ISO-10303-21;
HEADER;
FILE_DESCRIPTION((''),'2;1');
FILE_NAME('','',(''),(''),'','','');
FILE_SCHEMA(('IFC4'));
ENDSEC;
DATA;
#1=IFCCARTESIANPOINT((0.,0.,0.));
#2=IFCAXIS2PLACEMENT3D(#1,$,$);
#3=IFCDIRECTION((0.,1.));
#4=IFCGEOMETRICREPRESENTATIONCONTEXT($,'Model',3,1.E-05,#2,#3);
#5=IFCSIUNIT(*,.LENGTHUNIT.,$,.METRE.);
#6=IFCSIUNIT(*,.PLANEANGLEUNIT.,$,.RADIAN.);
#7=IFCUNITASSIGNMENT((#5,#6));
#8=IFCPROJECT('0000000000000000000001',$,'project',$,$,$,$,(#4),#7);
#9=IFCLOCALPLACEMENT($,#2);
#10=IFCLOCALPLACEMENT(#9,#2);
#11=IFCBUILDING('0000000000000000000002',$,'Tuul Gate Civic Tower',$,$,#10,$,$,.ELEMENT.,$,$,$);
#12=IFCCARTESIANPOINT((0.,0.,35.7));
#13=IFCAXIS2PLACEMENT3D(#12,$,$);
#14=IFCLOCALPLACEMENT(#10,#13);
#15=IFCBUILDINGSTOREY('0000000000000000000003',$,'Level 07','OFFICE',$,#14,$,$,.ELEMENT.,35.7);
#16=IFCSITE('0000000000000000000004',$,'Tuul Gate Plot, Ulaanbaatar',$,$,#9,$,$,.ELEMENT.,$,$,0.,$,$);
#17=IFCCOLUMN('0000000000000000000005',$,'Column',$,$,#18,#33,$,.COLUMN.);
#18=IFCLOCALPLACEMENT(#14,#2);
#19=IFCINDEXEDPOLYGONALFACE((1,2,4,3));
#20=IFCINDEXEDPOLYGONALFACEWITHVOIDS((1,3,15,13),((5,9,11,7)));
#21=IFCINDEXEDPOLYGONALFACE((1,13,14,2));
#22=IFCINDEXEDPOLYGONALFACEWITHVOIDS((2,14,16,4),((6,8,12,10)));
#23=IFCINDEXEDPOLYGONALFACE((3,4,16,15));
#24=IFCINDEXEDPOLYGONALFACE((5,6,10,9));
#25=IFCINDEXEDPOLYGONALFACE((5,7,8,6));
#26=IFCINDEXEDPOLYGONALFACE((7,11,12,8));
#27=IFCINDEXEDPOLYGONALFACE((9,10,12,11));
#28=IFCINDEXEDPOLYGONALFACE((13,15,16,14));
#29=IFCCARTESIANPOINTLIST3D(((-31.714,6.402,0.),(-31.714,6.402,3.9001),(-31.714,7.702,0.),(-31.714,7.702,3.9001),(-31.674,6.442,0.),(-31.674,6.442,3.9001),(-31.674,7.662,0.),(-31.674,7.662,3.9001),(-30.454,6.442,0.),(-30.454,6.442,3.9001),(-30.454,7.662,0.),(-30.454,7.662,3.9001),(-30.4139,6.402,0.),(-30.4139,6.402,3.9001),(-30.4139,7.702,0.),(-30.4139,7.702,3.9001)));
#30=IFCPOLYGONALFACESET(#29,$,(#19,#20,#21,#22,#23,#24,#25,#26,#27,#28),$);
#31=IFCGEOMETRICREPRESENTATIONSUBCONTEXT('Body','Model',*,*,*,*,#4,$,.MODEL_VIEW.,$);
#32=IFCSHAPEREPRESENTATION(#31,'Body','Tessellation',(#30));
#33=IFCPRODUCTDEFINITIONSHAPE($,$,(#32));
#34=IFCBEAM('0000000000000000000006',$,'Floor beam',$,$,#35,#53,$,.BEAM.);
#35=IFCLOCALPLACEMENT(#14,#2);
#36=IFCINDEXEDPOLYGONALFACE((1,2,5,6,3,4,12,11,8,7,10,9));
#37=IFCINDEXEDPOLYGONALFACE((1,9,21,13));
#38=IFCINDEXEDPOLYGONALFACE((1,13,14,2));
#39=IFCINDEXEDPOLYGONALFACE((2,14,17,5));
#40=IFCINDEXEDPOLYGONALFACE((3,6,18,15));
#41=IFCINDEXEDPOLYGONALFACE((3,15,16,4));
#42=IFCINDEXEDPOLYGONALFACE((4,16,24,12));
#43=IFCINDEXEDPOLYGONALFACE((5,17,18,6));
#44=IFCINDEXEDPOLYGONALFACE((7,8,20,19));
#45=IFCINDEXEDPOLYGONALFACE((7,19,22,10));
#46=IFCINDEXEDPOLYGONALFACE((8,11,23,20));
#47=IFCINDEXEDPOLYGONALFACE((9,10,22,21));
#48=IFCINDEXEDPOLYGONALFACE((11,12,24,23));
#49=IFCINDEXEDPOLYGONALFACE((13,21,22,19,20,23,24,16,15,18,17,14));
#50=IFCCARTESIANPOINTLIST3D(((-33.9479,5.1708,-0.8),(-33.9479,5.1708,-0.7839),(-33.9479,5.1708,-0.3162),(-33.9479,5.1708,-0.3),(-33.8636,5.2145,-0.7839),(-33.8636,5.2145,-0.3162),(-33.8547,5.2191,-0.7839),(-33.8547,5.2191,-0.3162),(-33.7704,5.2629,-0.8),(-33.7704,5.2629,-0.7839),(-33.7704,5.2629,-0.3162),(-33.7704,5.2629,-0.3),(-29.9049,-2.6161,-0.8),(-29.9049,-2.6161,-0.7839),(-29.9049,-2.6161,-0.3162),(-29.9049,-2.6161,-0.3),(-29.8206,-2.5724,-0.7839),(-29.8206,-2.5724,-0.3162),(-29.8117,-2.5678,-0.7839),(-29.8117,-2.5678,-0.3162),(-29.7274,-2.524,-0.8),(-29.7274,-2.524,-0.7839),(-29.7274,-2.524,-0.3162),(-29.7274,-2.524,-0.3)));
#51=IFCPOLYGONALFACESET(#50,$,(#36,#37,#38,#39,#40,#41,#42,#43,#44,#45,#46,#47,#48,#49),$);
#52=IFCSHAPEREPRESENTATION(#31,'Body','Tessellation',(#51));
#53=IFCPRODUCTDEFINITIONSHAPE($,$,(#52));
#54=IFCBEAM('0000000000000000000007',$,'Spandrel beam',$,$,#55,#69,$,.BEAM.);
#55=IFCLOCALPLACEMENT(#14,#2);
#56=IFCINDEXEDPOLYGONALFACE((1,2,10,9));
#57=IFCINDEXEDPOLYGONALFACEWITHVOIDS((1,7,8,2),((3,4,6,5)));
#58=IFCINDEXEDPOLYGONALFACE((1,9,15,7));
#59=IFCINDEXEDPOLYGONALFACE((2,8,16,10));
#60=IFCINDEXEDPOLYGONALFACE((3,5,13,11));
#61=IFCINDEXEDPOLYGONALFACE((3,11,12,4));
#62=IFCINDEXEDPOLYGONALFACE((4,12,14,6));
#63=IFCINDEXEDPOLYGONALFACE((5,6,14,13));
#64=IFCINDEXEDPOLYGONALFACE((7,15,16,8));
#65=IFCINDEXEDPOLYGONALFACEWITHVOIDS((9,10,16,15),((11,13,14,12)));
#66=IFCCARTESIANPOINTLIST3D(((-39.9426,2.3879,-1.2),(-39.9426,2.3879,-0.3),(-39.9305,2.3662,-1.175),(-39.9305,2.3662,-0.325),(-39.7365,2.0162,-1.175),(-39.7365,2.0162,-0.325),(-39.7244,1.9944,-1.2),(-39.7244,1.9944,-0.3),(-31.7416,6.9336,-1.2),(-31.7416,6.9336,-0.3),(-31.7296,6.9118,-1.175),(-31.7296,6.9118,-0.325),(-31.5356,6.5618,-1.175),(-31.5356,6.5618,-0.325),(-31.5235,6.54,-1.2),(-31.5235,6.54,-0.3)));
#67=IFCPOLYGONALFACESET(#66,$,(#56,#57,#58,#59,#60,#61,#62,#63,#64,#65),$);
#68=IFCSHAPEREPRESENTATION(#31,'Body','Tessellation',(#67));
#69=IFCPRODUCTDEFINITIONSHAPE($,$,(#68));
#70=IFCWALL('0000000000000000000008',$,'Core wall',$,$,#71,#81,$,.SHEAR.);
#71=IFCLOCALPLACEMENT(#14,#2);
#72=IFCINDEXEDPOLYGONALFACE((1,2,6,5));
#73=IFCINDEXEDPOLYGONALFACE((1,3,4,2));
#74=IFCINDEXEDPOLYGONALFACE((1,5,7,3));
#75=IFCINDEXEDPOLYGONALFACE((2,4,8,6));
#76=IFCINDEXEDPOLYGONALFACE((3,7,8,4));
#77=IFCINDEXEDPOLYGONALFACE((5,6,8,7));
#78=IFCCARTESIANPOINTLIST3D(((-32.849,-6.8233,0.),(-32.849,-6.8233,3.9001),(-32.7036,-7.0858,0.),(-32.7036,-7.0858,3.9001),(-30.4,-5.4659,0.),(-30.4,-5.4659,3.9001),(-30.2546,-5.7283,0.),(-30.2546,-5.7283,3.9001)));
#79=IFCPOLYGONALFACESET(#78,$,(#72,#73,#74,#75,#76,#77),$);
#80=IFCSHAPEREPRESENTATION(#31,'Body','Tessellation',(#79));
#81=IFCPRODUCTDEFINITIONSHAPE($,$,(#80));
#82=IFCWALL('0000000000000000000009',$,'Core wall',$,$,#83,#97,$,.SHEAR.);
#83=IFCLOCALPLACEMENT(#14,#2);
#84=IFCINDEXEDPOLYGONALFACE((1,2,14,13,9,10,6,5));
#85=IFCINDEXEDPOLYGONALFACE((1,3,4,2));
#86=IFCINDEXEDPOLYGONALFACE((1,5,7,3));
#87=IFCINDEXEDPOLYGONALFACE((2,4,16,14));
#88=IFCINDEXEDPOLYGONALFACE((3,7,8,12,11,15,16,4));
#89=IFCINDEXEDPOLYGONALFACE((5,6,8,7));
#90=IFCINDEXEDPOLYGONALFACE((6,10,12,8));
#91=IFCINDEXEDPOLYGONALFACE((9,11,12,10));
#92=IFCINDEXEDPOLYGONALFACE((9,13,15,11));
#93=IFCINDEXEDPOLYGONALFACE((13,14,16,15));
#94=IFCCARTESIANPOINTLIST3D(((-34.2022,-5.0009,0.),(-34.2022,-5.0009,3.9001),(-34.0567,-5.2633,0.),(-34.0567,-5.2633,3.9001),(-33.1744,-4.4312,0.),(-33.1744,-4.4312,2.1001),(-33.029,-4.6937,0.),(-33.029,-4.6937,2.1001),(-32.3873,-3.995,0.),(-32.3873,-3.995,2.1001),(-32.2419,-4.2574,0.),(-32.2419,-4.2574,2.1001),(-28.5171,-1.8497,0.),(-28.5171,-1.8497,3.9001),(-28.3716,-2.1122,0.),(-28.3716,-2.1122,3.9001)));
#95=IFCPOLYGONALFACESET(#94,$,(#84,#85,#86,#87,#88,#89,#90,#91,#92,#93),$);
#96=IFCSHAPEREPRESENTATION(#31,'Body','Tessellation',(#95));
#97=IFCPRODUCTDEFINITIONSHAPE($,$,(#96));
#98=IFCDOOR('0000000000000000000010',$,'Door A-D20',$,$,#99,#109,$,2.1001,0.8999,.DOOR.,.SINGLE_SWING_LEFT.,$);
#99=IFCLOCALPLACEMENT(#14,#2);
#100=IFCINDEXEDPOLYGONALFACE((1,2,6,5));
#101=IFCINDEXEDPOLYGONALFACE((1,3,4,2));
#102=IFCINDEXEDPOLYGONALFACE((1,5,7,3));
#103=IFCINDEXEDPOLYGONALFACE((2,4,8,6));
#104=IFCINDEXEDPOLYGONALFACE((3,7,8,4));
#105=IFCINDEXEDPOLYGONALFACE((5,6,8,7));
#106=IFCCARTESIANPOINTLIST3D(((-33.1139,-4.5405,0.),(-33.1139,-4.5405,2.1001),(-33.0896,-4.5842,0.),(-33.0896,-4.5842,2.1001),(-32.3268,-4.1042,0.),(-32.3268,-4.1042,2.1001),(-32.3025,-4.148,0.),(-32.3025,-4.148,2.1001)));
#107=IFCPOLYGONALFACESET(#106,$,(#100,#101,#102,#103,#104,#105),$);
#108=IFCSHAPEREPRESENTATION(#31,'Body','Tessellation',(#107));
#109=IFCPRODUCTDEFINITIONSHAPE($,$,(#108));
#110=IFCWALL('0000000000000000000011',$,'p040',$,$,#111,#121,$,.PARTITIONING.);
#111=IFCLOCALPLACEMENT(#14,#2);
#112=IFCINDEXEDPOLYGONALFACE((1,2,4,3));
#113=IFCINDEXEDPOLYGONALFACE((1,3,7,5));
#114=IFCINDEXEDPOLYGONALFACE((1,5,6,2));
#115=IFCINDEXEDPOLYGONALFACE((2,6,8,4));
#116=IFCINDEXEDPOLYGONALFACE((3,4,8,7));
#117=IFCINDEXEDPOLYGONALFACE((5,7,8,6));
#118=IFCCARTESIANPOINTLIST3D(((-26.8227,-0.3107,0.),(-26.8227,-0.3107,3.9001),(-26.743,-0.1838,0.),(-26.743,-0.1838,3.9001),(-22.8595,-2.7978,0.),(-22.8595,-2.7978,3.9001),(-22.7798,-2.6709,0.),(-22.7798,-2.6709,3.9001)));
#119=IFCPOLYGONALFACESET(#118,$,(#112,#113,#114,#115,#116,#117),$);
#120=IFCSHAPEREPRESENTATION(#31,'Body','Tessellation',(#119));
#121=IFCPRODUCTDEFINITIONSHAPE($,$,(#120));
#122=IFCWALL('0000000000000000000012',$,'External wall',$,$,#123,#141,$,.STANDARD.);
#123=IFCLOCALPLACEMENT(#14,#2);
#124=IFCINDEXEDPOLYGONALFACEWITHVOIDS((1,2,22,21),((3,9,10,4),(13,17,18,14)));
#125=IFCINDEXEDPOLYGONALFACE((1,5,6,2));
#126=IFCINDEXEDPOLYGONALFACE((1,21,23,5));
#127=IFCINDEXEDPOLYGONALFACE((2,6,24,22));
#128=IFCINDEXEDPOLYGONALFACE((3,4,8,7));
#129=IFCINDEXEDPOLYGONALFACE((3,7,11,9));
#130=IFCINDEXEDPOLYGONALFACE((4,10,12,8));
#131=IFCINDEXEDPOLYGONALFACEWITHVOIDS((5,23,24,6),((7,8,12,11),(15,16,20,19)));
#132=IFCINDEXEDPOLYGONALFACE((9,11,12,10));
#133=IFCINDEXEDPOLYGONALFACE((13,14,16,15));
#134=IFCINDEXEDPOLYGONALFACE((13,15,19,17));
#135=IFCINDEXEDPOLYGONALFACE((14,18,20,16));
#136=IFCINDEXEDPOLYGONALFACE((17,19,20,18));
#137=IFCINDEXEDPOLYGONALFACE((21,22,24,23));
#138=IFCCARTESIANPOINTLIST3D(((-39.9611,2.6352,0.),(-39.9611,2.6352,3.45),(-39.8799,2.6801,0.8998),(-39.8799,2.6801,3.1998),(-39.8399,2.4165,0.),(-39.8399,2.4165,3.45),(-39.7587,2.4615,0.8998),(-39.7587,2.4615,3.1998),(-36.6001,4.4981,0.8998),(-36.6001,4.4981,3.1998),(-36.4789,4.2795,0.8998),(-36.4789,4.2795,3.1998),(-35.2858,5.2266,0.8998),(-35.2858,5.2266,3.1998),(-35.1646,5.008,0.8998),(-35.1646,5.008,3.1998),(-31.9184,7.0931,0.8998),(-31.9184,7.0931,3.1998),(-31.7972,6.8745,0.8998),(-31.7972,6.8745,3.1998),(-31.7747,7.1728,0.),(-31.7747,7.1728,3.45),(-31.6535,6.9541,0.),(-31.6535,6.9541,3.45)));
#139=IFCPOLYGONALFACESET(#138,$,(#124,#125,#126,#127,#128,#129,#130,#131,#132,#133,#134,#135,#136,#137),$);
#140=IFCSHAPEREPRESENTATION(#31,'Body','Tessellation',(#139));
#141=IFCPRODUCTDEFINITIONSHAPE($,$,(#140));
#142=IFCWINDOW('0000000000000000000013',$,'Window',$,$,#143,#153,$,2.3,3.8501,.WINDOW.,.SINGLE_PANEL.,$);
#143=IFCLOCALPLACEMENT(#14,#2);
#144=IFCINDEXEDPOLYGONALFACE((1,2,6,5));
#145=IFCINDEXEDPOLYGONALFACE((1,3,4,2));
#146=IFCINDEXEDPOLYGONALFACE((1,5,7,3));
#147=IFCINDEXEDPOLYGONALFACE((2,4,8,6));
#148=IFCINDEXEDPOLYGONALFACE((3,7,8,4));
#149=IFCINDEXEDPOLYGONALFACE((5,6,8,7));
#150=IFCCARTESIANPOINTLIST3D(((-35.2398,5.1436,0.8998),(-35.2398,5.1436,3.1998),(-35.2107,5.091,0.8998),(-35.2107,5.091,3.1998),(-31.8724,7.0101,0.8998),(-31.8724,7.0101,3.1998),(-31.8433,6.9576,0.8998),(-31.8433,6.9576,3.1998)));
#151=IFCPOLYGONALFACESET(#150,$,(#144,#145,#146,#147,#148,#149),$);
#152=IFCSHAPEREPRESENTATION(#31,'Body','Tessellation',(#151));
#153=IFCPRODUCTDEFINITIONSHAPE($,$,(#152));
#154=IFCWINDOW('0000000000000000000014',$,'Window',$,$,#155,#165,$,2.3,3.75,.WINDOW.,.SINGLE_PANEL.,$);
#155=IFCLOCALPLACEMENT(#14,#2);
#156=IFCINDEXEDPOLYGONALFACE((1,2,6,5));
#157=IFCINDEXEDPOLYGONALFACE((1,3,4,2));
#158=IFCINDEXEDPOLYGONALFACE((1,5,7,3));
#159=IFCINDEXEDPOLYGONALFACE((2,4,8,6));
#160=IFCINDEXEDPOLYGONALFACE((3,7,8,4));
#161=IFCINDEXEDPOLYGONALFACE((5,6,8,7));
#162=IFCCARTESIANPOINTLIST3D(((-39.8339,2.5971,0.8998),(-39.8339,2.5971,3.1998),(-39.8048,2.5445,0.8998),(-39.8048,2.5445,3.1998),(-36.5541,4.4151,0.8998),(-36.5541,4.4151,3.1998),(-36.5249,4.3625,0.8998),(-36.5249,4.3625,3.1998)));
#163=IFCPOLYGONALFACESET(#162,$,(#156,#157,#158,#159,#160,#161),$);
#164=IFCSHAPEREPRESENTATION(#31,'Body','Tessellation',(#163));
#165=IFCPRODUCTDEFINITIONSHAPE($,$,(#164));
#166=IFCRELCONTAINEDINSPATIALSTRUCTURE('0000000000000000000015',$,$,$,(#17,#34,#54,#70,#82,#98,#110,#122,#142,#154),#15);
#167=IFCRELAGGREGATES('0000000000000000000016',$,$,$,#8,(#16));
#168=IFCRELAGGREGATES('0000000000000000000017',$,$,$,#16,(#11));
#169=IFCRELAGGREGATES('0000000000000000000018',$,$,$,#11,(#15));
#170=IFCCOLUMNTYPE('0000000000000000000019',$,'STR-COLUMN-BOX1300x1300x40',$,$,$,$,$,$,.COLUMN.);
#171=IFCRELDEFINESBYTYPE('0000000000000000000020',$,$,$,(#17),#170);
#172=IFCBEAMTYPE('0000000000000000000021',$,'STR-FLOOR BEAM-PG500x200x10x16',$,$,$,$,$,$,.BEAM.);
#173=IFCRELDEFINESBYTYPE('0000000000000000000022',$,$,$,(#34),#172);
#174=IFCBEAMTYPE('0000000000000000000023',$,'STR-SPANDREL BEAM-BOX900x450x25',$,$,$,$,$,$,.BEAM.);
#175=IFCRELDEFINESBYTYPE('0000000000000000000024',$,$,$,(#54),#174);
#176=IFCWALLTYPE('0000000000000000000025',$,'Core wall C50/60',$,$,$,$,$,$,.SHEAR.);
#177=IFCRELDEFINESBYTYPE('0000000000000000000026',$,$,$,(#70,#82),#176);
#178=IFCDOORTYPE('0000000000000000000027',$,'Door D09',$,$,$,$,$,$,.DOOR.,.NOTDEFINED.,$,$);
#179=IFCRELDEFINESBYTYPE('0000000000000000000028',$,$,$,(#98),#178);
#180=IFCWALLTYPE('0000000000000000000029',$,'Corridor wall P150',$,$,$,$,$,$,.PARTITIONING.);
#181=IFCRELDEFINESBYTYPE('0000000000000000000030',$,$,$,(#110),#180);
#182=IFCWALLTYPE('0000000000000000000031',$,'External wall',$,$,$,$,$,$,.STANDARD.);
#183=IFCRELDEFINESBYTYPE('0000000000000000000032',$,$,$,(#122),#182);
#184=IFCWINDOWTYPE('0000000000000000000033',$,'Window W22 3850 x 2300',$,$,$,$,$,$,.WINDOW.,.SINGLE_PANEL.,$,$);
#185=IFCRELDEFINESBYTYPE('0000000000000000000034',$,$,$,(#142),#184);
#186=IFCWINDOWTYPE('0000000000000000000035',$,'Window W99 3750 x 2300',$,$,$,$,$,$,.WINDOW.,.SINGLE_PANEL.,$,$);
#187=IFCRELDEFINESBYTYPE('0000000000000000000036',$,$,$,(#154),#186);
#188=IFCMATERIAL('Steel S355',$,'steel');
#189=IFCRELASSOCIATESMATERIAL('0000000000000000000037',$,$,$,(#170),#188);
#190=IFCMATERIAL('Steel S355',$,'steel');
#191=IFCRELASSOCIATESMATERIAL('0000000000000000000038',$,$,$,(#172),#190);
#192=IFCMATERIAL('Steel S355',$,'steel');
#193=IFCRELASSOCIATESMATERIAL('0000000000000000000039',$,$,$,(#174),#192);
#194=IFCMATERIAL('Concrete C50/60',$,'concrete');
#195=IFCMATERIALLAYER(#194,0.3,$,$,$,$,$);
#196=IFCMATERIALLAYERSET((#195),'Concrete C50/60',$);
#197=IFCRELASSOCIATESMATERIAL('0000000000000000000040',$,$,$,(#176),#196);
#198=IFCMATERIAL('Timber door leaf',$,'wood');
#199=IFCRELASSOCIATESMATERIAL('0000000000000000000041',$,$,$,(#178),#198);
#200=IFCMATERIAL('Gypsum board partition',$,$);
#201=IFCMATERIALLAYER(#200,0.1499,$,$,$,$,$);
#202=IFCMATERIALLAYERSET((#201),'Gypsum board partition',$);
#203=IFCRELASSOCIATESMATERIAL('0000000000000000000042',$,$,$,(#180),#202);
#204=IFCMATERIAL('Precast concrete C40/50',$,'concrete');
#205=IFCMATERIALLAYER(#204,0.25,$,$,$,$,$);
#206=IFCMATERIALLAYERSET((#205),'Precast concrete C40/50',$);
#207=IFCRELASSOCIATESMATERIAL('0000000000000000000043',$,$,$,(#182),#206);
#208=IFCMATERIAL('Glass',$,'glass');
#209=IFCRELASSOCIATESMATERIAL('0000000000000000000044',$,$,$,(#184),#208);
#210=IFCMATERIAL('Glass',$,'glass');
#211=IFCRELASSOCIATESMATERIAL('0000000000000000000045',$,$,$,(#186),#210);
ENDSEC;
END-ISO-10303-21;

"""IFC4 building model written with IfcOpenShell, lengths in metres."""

from ifc_helpers import new_model, si_unit, direction, frame, frame_2d, origin, origin_2d, place, context, subcontext, project, spatial, rectangle, hollow_rectangle, i_section, extrude, material, layer, layer_set, material_profile, profile_set, type_object, element, fill, save


model = new_model("IFC4")

# Units and contexts
model_context = context("Model", 3, precision=1e-05, world=origin(), true_north=direction((0.0, 1.0)))
body_context = subcontext(model_context, "Body", "Model", "MODEL_VIEW")
ifc_project = project(units=[si_unit("LENGTHUNIT", "METRE"), si_unit("PLANEANGLEUNIT", "RADIAN")], contexts=[model_context])

# Site, building, storey
site_placement = place(None, origin())
site = spatial("IfcSite", under=ifc_project, at=site_placement, Name="Tuul Gate Plot, Ulaanbaatar", CompositionType="ELEMENT", RefElevation=0.0)
building_placement = place(site_placement, origin())
building = spatial("IfcBuilding", under=site, at=building_placement, Name="Tuul Gate Civic Tower", CompositionType="ELEMENT")
storey_placement = place(building_placement, frame((0.0, 0.0, 35.7)))
storey = spatial("IfcBuildingStorey", under=building, at=storey_placement, Name="Level 07", Description="OFFICE", CompositionType="ELEMENT", Elevation=35.7)

# Column
ifc_material_1 = material(Name="Steel S355", Category="steel")
ifc_material_profile_1 = material_profile(ifc_material_1, hollow_rectangle(XDim=1.3, YDim=1.3, WallThickness=0.04, at=origin_2d()), Name="BOX1300x1300x40")
ifc_profile_set_1 = profile_set([ifc_material_profile_1], Name="Steel S355")
column_type = type_object("IfcColumnType", Name="STR-COLUMN-BOX1300x1300x40", PredefinedType="COLUMN", material=ifc_profile_set_1)
column_placement = place(storey_placement, frame((-31.064, 7.052, 0.0), z_axis=(0.0, 0.0, 1.0), x_axis=(1.0, 0.0, 0.0)))
element("IfcColumn", 1, at=column_placement, inside=storey, type_object=column_type, Name="Column", PredefinedType="COLUMN", context=body_context, shape_type="SweptSolid", body=[
    extrude(hollow_rectangle(XDim=1.3, YDim=1.3, WallThickness=0.04, at=origin_2d()), origin(), (0.0, 0.0, 1.0), 3.9001),
])

# Beams
ifc_material_2 = material(Name="Steel S355", Category="steel")
ifc_material_profile_2 = material_profile(ifc_material_2, i_section(OverallWidth=0.2, OverallDepth=0.5, WebThickness=0.01, FlangeThickness=0.0161, at=origin_2d()), Name="PG500x200x10x16")
ifc_profile_set_2 = profile_set([ifc_material_profile_2], Name="Steel S355")
beam_type_1 = type_object("IfcBeamType", Name="STR-FLOOR BEAM-PG500x200x10x16", PredefinedType="BEAM", material=ifc_profile_set_2)
beam_1_placement = place(storey_placement, frame((-29.8162, -2.5701, -0.55), z_axis=(-0.460796, 0.887506, 0.0), x_axis=(-0.887506, -0.460796, 0.0)))
element("IfcBeam", 2, at=beam_1_placement, inside=storey, type_object=beam_type_1, Name="Floor beam", PredefinedType="BEAM", context=body_context, shape_type="SweptSolid", body=[
    extrude(i_section(OverallWidth=0.2, OverallDepth=0.5, WebThickness=0.01, FlangeThickness=0.0161, at=origin_2d()), origin(), (0.0, 0.0, 1.0), 8.7739),
])
ifc_material_3 = material(Name="Steel S355", Category="steel")
ifc_material_profile_3 = material_profile(ifc_material_3, hollow_rectangle(XDim=0.45, YDim=0.8999, WallThickness=0.0249, at=origin_2d()), Name="BOX900x450x25")
ifc_profile_set_3 = profile_set([ifc_material_profile_3], Name="Steel S355")
beam_type_2 = type_object("IfcBeamType", Name="STR-SPANDREL BEAM-BOX900x450x25", PredefinedType="BEAM", material=ifc_profile_set_3)
beam_2_placement = place(storey_placement, frame((-31.6326, 6.7368, -0.75), z_axis=(-0.874628, -0.484794, 0.0), x_axis=(0.484794, -0.874628, 0.0)))
element("IfcBeam", 3, at=beam_2_placement, inside=storey, type_object=beam_type_2, Name="Spandrel beam", PredefinedType="BEAM", context=body_context, shape_type="SweptSolid", body=[
    extrude(hollow_rectangle(XDim=0.45, YDim=0.8999, WallThickness=0.0249, at=origin_2d()), origin(), (0.0, 0.0, 1.0), 9.3765),
])

# Wall
ifc_material_4 = material(Name="Concrete C50/60", Category="concrete")
ifc_layer_1 = layer(ifc_material_4, 0.3)
ifc_layer_set_1 = layer_set([ifc_layer_1], Name="Concrete C50/60")
wall_type_1 = type_object("IfcWallType", Name="Core wall C50/60", PredefinedType="SHEAR", material=ifc_layer_set_1)
wall_1_placement = place(storey_placement, frame((-30.3274, -5.5972, 0.0), z_axis=(0.0, 0.0, 1.0), x_axis=(-0.87463, -0.484791, 0.0)))
element("IfcWall", 4, at=wall_1_placement, inside=storey, type_object=wall_type_1, Name="Core wall", PredefinedType="SHEAR", context=body_context, shape_type="SweptSolid", body=[
    extrude(rectangle(XDim=2.8, YDim=0.3, at=frame_2d((1.3999, 0.0))), origin(), (0.0, 0.0, 1.0), 3.9001),
])

# Wall, opening, door
wall_2_placement = place(storey_placement, frame((-28.4443, -1.981, 0.0), z_axis=(0.0, 0.0, 1.0), x_axis=(-0.87463, -0.484791, 0.0)))
wall_2 = element("IfcWall", 5, at=wall_2_placement, inside=storey, type_object=wall_type_1, Name="Core wall", PredefinedType="SHEAR", context=body_context, shape_type="SweptSolid", body=[
    extrude(rectangle(XDim=6.5, YDim=0.3, at=frame_2d((3.25, 0.0))), origin(), (0.0, 0.0, 1.0), 3.9001),
])
opening_1_placement = place(wall_2_placement, frame((4.425, 0.0, 0.0)))
opening_1 = element("IfcOpeningElement", 6, at=opening_1_placement, cuts=wall_2, PredefinedType="OPENING", context=body_context, shape_type="SweptSolid", body=[
    extrude(rectangle(XDim=0.8999, YDim=2.1001, at=frame_2d((0.45, 1.05))), frame((0.0, 0.1602, 0.0), z_axis=(0.0, -1.0, 0.0), x_axis=(1.0, 0.0, 0.0)), (0.0, 0.0, 1.0), 0.3201),
])
ifc_material_5 = material(Name="Timber door leaf", Category="wood")
door_type = type_object("IfcDoorType", Name="Door D09", OperationType="NOTDEFINED", PredefinedType="DOOR", material=ifc_material_5)
door_placement = place(opening_1_placement, origin())
door = element("IfcDoor", 7, at=door_placement, inside=storey, type_object=door_type, Name="Door A-D20", OperationType="SINGLE_SWING_LEFT", OverallHeight=2.1001, OverallWidth=0.8999, PredefinedType="DOOR", context=body_context, shape_type="SweptSolid", body=[
    extrude(rectangle(XDim=0.8999, YDim=2.1001, at=frame_2d((0.45, 1.05))), frame((0.0, 0.0249, 0.0), z_axis=(0.0, -1.0, 0.0), x_axis=(1.0, 0.0, 0.0)), (0.0, 0.0, 1.0), 0.05),
])
fill(opening_1, door)

# Wall
ifc_material_6 = material(Name="Gypsum board partition")
ifc_layer_2 = layer(ifc_material_6, 0.1499)
ifc_layer_set_2 = layer_set([ifc_layer_2], Name="Gypsum board partition")
wall_type_2 = type_object("IfcWallType", Name="Corridor wall P150", PredefinedType="PARTITIONING", material=ifc_layer_set_2)
wall_3_placement = place(storey_placement, frame((-26.7827, -0.2473, 0.0), z_axis=(0.0, 0.0, 1.0), x_axis=(0.847027, -0.531551, 0.0)))
element("IfcWall", 8, at=wall_3_placement, inside=storey, type_object=wall_type_2, Name="p040", PredefinedType="PARTITIONING", context=body_context, shape_type="SweptSolid", body=[
    extrude(rectangle(XDim=4.679, YDim=0.1499, at=frame_2d((2.3394, 0.0))), origin(), (0.0, 0.0, 1.0), 3.9001),
])

# Wall, openings, windows
ifc_material_7 = material(Name="Precast concrete C40/50", Category="concrete")
ifc_layer_3 = layer(ifc_material_7, 0.25)
ifc_layer_set_3 = layer_set([ifc_layer_3], Name="Precast concrete C40/50")
wall_type_3 = type_object("IfcWallType", Name="External wall", PredefinedType="STANDARD", material=ifc_layer_set_3)
wall_4_placement = place(storey_placement, frame((-31.7141, 7.0635, 0.0), z_axis=(0.0, 0.0, 1.0), x_axis=(-0.874626, -0.484799, 0.0)))
wall_4 = element("IfcWall", 9, at=wall_4_placement, inside=storey, type_object=wall_type_3, Name="External wall", PredefinedType="STANDARD", context=body_context, shape_type="SweptSolid", body=[
    extrude(rectangle(XDim=9.3599, YDim=0.25, at=frame_2d((4.6799, 0.0))), origin(), (0.0, 0.0, 1.0), 3.45),
])
opening_2_placement = place(wall_4_placement, frame((0.1643, 0.0, 0.8999)))
opening_2 = element("IfcOpeningElement", 10, at=opening_2_placement, cuts=wall_4, PredefinedType="OPENING", context=body_context, shape_type="SweptSolid", body=[
    extrude(rectangle(XDim=3.8501, YDim=2.3, at=frame_2d((1.925, 1.1499))), frame((0.0, 0.135, 0.0), z_axis=(0.0, -1.0, 0.0), x_axis=(1.0, 0.0, 0.0)), (0.0, 0.0, 1.0), 0.27),
])
opening_3_placement = place(wall_4_placement, frame((5.5171, 0.0, 0.8999)))
opening_3 = element("IfcOpeningElement", 11, at=opening_3_placement, cuts=wall_4, PredefinedType="OPENING", context=body_context, shape_type="SweptSolid", body=[
    extrude(rectangle(XDim=3.75, YDim=2.3, at=frame_2d((1.875, 1.1499))), frame((0.0, 0.135, 0.0), z_axis=(0.0, -1.0, 0.0), x_axis=(1.0, 0.0, 0.0)), (0.0, 0.0, 1.0), 0.27),
])
ifc_material_8 = material(Name="Glass", Category="glass")
window_type_1 = type_object("IfcWindowType", Name="Window W22 3850 x 2300", PartitioningType="SINGLE_PANEL", PredefinedType="WINDOW", material=ifc_material_8)
window_1_placement = place(opening_2_placement, origin())
window_1 = element("IfcWindow", 12, at=window_1_placement, inside=storey, type_object=window_type_1, Name="Window", OverallHeight=2.3, OverallWidth=3.8501, PartitioningType="SINGLE_PANEL", PredefinedType="WINDOW", context=body_context, shape_type="SweptSolid", body=[
    extrude(rectangle(XDim=3.8501, YDim=2.3, at=frame_2d((1.925, 1.1499))), frame((0.0, 0.03, 0.0), z_axis=(0.0, -1.0, 0.0), x_axis=(1.0, 0.0, 0.0)), (0.0, 0.0, 1.0), 0.0601),
])
fill(opening_2, window_1)
ifc_material_9 = material(Name="Glass", Category="glass")
window_type_2 = type_object("IfcWindowType", Name="Window W99 3750 x 2300", PartitioningType="SINGLE_PANEL", PredefinedType="WINDOW", material=ifc_material_9)
window_2_placement = place(opening_3_placement, origin())
window_2 = element("IfcWindow", 13, at=window_2_placement, inside=storey, type_object=window_type_2, Name="Window", OverallHeight=2.3, OverallWidth=3.75, PartitioningType="SINGLE_PANEL", PredefinedType="WINDOW", context=body_context, shape_type="SweptSolid", body=[
    extrude(rectangle(XDim=3.75, YDim=2.3, at=frame_2d((1.875, 1.1499))), frame((0.0, 0.03, 0.0), z_axis=(0.0, -1.0, 0.0), x_axis=(1.0, 0.0, 0.0)), (0.0, 0.0, 1.0), 0.0601),
])
fill(opening_3, window_2)

save(model, "model.ifc")
